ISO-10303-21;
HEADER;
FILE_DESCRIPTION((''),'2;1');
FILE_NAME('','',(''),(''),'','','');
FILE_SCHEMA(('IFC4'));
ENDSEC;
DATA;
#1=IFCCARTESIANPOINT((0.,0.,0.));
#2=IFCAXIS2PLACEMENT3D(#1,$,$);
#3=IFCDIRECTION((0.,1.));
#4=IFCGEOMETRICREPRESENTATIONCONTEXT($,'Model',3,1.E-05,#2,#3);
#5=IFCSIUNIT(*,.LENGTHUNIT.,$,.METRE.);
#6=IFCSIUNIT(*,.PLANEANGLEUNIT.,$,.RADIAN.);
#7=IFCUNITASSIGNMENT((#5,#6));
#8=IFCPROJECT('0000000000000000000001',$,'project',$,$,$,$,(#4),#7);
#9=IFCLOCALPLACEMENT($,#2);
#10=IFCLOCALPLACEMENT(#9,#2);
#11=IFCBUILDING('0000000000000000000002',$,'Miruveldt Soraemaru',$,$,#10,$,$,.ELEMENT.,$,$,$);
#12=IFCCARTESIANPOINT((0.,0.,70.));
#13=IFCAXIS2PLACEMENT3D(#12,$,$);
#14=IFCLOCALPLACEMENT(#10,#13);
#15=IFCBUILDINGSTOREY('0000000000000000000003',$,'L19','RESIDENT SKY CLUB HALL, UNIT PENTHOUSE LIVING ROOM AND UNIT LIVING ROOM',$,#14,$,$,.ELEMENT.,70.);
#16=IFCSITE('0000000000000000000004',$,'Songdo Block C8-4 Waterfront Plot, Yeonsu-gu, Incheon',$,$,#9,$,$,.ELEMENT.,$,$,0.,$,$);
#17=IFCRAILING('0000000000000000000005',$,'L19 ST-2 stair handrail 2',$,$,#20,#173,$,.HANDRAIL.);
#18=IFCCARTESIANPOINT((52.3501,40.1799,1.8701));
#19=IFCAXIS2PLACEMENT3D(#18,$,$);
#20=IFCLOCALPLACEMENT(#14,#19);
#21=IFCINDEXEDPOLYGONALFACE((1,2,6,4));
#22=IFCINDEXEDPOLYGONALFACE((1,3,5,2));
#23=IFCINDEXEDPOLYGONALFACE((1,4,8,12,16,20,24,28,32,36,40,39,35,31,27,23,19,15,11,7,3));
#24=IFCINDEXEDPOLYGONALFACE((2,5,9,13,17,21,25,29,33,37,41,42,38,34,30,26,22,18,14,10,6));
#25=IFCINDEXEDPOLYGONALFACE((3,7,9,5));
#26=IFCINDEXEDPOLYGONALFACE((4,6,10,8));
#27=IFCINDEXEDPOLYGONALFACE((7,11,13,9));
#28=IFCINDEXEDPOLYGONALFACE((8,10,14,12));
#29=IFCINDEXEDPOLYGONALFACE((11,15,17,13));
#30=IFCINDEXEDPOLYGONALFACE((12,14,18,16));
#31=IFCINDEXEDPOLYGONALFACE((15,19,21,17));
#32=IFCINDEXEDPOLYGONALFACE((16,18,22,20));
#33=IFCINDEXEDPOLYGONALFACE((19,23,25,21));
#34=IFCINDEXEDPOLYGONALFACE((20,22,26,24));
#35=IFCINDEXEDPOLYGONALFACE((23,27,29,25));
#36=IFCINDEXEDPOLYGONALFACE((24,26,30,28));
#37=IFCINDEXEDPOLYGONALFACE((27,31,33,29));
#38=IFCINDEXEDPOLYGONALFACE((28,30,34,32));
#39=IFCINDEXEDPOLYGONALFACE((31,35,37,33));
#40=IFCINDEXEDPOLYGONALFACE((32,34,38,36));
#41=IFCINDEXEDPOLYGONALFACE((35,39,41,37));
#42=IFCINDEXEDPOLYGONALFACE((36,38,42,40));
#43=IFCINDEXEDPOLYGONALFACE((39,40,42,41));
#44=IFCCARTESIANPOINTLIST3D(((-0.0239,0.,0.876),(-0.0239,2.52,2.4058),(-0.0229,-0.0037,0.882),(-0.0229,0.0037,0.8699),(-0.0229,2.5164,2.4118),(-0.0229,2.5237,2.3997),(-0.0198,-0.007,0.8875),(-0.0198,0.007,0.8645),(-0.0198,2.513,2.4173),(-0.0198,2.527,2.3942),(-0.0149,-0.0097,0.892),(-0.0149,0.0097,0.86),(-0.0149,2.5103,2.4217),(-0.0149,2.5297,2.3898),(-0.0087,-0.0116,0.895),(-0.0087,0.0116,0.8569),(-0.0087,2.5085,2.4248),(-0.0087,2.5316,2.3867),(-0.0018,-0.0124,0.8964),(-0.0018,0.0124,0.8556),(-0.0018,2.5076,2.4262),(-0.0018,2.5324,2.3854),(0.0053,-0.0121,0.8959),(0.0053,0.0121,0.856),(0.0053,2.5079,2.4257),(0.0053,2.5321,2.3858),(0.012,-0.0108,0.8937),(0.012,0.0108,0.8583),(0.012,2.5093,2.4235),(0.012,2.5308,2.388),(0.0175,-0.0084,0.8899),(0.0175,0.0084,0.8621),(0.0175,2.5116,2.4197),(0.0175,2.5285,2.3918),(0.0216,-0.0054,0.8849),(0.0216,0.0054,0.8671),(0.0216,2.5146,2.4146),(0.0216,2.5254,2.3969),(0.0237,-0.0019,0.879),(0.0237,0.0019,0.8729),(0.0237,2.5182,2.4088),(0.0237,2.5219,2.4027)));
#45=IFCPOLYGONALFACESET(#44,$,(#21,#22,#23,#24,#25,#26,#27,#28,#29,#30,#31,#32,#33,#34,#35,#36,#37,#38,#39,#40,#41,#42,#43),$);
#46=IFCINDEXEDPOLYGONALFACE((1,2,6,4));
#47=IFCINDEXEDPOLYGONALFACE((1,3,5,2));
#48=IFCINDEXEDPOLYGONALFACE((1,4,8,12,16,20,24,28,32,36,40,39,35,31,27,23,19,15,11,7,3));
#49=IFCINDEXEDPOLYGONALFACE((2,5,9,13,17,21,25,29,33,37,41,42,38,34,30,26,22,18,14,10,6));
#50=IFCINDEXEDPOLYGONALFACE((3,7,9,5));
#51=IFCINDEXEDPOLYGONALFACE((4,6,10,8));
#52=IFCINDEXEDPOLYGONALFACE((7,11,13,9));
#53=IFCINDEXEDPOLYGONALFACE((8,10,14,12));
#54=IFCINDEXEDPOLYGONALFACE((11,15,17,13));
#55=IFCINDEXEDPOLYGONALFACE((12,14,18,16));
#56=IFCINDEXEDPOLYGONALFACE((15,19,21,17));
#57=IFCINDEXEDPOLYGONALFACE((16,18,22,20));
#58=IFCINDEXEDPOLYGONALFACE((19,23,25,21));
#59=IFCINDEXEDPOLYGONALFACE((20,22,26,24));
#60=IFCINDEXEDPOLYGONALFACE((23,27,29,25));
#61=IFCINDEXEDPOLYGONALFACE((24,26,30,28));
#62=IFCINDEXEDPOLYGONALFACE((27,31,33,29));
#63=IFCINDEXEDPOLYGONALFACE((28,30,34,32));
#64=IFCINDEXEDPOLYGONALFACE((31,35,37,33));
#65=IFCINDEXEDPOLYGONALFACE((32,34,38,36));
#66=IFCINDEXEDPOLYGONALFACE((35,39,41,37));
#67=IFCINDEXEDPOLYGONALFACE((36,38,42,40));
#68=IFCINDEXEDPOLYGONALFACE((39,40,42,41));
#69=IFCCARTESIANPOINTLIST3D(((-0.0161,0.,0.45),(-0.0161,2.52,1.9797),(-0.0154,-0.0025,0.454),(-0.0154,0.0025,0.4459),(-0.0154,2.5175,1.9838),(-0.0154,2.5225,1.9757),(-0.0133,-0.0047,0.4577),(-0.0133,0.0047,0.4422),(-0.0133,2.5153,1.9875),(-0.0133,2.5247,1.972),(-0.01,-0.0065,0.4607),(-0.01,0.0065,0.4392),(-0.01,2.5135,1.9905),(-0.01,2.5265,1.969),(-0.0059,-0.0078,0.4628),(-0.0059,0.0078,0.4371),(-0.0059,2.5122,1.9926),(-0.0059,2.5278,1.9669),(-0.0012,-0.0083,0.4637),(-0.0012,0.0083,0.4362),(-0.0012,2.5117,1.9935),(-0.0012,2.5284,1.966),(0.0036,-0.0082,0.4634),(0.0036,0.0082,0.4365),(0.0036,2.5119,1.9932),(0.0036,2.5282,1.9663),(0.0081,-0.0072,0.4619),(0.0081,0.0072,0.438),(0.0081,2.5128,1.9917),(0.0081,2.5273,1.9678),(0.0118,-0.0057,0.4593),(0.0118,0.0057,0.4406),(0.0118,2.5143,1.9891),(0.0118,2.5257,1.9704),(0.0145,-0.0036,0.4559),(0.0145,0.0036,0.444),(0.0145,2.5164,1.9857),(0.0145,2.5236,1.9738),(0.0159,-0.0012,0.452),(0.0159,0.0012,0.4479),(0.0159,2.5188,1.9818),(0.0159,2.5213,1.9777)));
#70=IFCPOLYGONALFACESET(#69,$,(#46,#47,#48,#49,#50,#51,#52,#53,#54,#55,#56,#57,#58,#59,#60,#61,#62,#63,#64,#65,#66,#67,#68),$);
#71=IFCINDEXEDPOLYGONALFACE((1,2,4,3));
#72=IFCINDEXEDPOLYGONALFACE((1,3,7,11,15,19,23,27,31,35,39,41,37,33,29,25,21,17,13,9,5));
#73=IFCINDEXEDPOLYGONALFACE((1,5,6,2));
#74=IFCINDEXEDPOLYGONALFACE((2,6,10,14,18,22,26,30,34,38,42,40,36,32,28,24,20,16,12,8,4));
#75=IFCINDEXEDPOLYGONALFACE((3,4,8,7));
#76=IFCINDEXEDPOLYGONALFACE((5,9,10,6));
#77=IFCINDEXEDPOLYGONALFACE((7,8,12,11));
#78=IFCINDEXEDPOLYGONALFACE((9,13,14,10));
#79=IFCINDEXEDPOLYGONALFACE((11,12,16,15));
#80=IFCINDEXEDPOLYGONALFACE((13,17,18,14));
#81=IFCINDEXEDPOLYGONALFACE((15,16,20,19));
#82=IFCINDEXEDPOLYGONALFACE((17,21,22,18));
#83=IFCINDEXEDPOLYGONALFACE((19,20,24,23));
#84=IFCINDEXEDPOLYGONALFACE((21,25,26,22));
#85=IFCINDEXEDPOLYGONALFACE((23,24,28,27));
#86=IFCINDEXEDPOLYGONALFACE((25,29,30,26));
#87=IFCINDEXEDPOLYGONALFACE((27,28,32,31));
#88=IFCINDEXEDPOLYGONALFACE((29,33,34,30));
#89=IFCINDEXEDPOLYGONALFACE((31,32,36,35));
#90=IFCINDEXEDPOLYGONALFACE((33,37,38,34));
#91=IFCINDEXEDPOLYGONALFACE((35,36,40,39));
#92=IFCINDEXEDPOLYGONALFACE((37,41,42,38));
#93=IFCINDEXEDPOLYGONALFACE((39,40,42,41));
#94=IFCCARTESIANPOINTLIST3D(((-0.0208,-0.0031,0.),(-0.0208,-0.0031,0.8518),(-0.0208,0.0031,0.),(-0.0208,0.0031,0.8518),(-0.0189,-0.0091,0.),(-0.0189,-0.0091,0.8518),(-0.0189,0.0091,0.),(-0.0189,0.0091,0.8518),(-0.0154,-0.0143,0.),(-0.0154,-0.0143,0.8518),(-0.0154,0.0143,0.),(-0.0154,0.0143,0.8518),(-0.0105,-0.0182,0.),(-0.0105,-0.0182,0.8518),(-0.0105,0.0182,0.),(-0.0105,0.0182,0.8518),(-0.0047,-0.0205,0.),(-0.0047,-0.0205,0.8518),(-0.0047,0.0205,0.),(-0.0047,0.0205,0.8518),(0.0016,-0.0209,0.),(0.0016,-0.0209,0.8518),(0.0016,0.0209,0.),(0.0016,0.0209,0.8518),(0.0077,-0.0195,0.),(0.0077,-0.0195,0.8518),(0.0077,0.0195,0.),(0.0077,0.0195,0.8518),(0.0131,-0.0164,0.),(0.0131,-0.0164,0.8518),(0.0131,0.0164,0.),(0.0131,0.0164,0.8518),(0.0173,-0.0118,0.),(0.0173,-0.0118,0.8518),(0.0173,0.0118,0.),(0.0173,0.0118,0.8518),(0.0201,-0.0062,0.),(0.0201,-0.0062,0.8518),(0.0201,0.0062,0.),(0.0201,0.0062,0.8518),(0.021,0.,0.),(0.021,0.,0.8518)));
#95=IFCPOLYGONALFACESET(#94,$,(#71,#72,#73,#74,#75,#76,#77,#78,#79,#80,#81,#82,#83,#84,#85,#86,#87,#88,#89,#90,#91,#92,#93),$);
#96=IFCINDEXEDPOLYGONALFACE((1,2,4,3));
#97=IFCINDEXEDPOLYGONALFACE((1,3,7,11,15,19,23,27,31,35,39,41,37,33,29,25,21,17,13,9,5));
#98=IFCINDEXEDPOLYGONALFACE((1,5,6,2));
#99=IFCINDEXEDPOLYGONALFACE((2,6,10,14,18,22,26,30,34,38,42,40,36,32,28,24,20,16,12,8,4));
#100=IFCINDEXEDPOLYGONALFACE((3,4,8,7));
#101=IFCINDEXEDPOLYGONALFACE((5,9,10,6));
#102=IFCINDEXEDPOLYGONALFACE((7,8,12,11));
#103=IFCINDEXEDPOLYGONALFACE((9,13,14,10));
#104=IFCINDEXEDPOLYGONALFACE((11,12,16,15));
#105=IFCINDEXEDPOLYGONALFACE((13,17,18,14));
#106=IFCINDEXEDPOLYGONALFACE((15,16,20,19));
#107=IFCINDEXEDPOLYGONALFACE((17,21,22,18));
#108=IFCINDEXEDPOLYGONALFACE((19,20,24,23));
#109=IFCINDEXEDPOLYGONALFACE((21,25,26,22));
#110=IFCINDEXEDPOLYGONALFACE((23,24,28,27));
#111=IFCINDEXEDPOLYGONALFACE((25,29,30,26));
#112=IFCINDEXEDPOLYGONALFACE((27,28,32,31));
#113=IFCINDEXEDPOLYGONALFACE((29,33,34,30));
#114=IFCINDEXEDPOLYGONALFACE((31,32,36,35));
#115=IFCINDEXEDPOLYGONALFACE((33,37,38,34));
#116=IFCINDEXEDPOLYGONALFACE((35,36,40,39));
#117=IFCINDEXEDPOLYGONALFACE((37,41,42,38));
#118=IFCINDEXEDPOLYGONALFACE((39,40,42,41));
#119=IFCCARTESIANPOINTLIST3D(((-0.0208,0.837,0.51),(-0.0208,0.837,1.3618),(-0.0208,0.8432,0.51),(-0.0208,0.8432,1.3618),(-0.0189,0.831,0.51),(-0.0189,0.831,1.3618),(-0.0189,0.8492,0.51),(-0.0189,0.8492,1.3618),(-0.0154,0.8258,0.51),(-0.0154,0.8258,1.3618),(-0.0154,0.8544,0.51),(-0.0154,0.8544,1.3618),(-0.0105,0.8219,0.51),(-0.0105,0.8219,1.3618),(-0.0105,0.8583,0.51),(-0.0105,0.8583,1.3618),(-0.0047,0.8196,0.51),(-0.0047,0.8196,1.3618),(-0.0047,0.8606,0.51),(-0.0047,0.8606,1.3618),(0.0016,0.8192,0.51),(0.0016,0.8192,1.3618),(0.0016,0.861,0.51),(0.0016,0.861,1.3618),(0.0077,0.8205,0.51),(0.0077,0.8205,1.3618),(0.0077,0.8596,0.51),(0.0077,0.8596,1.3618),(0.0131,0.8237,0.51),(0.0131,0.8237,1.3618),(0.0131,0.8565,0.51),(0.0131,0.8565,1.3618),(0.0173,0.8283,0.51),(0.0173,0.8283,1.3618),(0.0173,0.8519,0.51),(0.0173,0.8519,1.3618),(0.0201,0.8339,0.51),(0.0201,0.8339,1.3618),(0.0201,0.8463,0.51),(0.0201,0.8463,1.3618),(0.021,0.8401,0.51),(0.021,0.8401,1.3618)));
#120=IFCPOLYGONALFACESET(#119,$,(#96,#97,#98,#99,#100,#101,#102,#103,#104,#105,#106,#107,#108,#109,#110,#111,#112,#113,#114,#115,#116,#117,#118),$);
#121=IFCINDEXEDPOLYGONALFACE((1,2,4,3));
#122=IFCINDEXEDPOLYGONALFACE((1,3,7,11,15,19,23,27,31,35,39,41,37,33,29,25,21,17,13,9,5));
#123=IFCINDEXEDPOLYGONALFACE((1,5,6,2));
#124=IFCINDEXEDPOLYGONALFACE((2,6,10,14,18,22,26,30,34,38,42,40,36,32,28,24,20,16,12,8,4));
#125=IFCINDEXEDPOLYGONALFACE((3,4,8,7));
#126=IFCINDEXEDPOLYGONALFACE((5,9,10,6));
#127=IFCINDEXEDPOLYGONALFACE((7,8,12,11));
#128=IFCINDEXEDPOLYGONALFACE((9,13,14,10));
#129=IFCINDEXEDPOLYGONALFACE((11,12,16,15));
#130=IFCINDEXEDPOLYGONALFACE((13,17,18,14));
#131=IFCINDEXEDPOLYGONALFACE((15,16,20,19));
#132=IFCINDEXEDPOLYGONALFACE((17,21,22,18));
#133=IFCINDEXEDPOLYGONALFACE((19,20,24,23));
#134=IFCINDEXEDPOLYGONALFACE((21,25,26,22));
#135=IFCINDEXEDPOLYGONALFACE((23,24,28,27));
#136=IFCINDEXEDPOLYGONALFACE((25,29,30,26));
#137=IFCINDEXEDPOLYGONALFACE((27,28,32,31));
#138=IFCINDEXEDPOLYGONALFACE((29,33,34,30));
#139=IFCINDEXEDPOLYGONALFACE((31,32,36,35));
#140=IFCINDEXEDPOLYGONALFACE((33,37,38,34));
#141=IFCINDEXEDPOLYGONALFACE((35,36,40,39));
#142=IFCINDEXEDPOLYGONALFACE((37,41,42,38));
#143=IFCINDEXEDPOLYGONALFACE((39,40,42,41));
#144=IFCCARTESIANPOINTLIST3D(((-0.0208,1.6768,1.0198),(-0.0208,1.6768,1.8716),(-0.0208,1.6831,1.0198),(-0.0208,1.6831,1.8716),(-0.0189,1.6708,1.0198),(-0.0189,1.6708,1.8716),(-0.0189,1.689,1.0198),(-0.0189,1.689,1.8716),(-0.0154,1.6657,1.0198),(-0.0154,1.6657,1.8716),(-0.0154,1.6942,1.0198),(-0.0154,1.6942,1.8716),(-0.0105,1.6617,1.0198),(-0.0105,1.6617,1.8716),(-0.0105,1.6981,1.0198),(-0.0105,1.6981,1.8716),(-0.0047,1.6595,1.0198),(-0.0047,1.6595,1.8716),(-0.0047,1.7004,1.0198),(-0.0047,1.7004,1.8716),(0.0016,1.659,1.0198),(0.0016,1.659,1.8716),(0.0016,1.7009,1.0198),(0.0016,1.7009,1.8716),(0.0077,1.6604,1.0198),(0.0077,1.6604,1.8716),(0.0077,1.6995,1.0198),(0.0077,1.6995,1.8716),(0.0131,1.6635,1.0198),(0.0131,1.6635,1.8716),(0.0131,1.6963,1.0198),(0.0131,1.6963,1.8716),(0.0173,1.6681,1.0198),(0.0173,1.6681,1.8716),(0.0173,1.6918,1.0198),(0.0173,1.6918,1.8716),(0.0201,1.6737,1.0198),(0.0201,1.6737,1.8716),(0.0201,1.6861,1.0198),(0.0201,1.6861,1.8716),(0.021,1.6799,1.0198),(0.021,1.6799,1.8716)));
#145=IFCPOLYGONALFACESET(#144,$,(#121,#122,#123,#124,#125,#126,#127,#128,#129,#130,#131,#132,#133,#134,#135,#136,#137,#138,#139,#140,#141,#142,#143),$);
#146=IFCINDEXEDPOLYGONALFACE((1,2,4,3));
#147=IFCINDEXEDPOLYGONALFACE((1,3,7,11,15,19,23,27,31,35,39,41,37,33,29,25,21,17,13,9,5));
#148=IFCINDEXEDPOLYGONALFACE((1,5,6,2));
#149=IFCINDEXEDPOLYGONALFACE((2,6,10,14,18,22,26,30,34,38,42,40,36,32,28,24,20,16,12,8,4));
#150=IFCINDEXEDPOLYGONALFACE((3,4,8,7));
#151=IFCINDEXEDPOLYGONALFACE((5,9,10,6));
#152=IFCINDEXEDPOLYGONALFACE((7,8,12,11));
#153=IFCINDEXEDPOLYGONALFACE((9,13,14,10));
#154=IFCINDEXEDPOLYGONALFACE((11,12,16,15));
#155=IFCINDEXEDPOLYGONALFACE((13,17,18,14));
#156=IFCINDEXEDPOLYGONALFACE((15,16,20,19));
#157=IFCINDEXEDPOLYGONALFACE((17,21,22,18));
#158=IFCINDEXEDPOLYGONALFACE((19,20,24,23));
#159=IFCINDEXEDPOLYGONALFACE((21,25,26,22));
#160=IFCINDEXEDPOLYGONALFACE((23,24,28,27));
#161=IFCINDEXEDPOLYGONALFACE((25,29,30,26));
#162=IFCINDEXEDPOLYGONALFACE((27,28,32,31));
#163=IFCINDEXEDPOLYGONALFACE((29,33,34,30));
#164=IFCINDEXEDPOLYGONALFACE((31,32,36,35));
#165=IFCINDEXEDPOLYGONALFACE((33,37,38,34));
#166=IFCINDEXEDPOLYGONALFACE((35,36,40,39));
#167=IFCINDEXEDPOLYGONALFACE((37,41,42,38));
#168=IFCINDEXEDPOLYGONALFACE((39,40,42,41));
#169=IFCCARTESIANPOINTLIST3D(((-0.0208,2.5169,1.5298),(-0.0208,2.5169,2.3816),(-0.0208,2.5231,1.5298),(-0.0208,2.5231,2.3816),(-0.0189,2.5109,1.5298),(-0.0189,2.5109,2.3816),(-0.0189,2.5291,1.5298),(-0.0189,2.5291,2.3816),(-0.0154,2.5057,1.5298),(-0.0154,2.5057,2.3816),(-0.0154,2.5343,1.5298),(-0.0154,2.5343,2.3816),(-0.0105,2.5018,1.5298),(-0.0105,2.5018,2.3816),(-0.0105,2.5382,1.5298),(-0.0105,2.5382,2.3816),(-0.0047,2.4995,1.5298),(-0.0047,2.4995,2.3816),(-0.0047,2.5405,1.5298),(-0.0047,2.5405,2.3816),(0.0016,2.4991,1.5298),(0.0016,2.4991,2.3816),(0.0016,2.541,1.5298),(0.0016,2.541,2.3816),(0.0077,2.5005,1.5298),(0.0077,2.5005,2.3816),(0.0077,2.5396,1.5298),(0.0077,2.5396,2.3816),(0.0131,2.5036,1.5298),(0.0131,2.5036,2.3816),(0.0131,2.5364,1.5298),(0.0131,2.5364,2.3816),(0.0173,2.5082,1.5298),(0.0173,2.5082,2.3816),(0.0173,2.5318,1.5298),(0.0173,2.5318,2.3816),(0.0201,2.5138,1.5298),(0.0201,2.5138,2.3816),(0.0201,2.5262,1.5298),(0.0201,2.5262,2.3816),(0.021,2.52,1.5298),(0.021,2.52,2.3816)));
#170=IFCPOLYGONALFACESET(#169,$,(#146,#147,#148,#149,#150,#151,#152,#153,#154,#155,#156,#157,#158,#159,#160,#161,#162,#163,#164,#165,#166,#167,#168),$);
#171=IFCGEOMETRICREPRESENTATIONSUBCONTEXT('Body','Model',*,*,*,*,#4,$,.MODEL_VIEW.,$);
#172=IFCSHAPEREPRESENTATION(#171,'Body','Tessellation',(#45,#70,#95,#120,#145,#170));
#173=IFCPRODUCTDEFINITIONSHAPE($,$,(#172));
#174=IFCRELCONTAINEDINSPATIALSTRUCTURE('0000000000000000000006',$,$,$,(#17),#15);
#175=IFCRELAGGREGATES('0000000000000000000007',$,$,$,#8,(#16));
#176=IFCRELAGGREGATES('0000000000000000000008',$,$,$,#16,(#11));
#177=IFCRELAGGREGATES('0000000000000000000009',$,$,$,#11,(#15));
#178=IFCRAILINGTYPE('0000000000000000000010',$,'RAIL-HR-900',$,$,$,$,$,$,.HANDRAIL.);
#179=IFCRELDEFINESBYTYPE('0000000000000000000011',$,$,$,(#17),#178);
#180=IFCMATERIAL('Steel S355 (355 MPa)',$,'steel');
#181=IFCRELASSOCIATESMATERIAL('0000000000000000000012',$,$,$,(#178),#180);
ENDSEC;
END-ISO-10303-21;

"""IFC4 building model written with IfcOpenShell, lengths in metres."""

from ifc_helpers import new_model, si_unit, direction, frame, origin, origin_2d, place, context, subcontext, project, spatial, circle, extrude, material, type_object, element, save


model = new_model("IFC4")

# Units and contexts
model_context = context("Model", 3, precision=1e-05, world=origin(), true_north=direction((0.0, 1.0)))
body_context = subcontext(model_context, "Body", "Model", "MODEL_VIEW")
ifc_project = project(units=[si_unit("LENGTHUNIT", "METRE"), si_unit("PLANEANGLEUNIT", "RADIAN")], contexts=[model_context])

# Site, building, storey
site_placement = place(None, origin())
site = spatial("IfcSite", under=ifc_project, at=site_placement, Name="Songdo Block C8-4 Waterfront Plot, Yeonsu-gu, Incheon", CompositionType="ELEMENT", RefElevation=0.0)
building_placement = place(site_placement, origin())
building = spatial("IfcBuilding", under=site, at=building_placement, Name="Miruveldt Soraemaru", CompositionType="ELEMENT")
storey_placement = place(building_placement, frame((0.0, 0.0, 70.0)))
storey = spatial("IfcBuildingStorey", under=building, at=storey_placement, Name="L19", Description="RESIDENT SKY CLUB HALL, UNIT PENTHOUSE LIVING ROOM AND UNIT LIVING ROOM", CompositionType="ELEMENT", Elevation=70.0)

# Railing
ifc_material_1 = material(Name="Steel S355 (355 MPa)", Category="steel")
railing_type_1 = type_object("IfcRailingType", Name="RAIL-HR-900", PredefinedType="HANDRAIL", material=ifc_material_1)
railing_1_placement = place(storey_placement, frame((52.3501, 40.1799, 1.8701)))
element("IfcRailing", 1, at=railing_1_placement, inside=storey, type_object=railing_type_1, Name="L19 ST-2 stair handrail 2", PredefinedType="HANDRAIL", context=body_context, shape_type="SweptSolid", body=[
    extrude(circle(Radius=0.0239, at=origin_2d()), frame((0.0, 0.0, 0.876), z_axis=(0.0, 0.854822, 0.518922), x_axis=(-1.0, 0.0, 0.0)), (0.0, 0.0, 1.0), 2.948),
    extrude(circle(Radius=0.0161, at=origin_2d()), frame((0.0, 0.0, 0.45), z_axis=(0.0, 0.854822, 0.518922), x_axis=(-1.0, 0.0, 0.0)), (0.0, 0.0, 1.0), 2.948),
    extrude(circle(Radius=0.021, at=origin_2d()), origin(), (0.0, 0.0, 1.0), 0.8518),
    extrude(circle(Radius=0.021, at=origin_2d()), frame((0.0, 0.8401, 0.51)), (0.0, 0.0, 1.0), 0.8518),
    extrude(circle(Radius=0.021, at=origin_2d()), frame((0.0, 1.6799, 1.0198)), (0.0, 0.0, 1.0), 0.8518),
    extrude(circle(Radius=0.021, at=origin_2d()), frame((0.0, 2.52, 1.5298)), (0.0, 0.0, 1.0), 0.8518),
])

save(model, "model.ifc")
